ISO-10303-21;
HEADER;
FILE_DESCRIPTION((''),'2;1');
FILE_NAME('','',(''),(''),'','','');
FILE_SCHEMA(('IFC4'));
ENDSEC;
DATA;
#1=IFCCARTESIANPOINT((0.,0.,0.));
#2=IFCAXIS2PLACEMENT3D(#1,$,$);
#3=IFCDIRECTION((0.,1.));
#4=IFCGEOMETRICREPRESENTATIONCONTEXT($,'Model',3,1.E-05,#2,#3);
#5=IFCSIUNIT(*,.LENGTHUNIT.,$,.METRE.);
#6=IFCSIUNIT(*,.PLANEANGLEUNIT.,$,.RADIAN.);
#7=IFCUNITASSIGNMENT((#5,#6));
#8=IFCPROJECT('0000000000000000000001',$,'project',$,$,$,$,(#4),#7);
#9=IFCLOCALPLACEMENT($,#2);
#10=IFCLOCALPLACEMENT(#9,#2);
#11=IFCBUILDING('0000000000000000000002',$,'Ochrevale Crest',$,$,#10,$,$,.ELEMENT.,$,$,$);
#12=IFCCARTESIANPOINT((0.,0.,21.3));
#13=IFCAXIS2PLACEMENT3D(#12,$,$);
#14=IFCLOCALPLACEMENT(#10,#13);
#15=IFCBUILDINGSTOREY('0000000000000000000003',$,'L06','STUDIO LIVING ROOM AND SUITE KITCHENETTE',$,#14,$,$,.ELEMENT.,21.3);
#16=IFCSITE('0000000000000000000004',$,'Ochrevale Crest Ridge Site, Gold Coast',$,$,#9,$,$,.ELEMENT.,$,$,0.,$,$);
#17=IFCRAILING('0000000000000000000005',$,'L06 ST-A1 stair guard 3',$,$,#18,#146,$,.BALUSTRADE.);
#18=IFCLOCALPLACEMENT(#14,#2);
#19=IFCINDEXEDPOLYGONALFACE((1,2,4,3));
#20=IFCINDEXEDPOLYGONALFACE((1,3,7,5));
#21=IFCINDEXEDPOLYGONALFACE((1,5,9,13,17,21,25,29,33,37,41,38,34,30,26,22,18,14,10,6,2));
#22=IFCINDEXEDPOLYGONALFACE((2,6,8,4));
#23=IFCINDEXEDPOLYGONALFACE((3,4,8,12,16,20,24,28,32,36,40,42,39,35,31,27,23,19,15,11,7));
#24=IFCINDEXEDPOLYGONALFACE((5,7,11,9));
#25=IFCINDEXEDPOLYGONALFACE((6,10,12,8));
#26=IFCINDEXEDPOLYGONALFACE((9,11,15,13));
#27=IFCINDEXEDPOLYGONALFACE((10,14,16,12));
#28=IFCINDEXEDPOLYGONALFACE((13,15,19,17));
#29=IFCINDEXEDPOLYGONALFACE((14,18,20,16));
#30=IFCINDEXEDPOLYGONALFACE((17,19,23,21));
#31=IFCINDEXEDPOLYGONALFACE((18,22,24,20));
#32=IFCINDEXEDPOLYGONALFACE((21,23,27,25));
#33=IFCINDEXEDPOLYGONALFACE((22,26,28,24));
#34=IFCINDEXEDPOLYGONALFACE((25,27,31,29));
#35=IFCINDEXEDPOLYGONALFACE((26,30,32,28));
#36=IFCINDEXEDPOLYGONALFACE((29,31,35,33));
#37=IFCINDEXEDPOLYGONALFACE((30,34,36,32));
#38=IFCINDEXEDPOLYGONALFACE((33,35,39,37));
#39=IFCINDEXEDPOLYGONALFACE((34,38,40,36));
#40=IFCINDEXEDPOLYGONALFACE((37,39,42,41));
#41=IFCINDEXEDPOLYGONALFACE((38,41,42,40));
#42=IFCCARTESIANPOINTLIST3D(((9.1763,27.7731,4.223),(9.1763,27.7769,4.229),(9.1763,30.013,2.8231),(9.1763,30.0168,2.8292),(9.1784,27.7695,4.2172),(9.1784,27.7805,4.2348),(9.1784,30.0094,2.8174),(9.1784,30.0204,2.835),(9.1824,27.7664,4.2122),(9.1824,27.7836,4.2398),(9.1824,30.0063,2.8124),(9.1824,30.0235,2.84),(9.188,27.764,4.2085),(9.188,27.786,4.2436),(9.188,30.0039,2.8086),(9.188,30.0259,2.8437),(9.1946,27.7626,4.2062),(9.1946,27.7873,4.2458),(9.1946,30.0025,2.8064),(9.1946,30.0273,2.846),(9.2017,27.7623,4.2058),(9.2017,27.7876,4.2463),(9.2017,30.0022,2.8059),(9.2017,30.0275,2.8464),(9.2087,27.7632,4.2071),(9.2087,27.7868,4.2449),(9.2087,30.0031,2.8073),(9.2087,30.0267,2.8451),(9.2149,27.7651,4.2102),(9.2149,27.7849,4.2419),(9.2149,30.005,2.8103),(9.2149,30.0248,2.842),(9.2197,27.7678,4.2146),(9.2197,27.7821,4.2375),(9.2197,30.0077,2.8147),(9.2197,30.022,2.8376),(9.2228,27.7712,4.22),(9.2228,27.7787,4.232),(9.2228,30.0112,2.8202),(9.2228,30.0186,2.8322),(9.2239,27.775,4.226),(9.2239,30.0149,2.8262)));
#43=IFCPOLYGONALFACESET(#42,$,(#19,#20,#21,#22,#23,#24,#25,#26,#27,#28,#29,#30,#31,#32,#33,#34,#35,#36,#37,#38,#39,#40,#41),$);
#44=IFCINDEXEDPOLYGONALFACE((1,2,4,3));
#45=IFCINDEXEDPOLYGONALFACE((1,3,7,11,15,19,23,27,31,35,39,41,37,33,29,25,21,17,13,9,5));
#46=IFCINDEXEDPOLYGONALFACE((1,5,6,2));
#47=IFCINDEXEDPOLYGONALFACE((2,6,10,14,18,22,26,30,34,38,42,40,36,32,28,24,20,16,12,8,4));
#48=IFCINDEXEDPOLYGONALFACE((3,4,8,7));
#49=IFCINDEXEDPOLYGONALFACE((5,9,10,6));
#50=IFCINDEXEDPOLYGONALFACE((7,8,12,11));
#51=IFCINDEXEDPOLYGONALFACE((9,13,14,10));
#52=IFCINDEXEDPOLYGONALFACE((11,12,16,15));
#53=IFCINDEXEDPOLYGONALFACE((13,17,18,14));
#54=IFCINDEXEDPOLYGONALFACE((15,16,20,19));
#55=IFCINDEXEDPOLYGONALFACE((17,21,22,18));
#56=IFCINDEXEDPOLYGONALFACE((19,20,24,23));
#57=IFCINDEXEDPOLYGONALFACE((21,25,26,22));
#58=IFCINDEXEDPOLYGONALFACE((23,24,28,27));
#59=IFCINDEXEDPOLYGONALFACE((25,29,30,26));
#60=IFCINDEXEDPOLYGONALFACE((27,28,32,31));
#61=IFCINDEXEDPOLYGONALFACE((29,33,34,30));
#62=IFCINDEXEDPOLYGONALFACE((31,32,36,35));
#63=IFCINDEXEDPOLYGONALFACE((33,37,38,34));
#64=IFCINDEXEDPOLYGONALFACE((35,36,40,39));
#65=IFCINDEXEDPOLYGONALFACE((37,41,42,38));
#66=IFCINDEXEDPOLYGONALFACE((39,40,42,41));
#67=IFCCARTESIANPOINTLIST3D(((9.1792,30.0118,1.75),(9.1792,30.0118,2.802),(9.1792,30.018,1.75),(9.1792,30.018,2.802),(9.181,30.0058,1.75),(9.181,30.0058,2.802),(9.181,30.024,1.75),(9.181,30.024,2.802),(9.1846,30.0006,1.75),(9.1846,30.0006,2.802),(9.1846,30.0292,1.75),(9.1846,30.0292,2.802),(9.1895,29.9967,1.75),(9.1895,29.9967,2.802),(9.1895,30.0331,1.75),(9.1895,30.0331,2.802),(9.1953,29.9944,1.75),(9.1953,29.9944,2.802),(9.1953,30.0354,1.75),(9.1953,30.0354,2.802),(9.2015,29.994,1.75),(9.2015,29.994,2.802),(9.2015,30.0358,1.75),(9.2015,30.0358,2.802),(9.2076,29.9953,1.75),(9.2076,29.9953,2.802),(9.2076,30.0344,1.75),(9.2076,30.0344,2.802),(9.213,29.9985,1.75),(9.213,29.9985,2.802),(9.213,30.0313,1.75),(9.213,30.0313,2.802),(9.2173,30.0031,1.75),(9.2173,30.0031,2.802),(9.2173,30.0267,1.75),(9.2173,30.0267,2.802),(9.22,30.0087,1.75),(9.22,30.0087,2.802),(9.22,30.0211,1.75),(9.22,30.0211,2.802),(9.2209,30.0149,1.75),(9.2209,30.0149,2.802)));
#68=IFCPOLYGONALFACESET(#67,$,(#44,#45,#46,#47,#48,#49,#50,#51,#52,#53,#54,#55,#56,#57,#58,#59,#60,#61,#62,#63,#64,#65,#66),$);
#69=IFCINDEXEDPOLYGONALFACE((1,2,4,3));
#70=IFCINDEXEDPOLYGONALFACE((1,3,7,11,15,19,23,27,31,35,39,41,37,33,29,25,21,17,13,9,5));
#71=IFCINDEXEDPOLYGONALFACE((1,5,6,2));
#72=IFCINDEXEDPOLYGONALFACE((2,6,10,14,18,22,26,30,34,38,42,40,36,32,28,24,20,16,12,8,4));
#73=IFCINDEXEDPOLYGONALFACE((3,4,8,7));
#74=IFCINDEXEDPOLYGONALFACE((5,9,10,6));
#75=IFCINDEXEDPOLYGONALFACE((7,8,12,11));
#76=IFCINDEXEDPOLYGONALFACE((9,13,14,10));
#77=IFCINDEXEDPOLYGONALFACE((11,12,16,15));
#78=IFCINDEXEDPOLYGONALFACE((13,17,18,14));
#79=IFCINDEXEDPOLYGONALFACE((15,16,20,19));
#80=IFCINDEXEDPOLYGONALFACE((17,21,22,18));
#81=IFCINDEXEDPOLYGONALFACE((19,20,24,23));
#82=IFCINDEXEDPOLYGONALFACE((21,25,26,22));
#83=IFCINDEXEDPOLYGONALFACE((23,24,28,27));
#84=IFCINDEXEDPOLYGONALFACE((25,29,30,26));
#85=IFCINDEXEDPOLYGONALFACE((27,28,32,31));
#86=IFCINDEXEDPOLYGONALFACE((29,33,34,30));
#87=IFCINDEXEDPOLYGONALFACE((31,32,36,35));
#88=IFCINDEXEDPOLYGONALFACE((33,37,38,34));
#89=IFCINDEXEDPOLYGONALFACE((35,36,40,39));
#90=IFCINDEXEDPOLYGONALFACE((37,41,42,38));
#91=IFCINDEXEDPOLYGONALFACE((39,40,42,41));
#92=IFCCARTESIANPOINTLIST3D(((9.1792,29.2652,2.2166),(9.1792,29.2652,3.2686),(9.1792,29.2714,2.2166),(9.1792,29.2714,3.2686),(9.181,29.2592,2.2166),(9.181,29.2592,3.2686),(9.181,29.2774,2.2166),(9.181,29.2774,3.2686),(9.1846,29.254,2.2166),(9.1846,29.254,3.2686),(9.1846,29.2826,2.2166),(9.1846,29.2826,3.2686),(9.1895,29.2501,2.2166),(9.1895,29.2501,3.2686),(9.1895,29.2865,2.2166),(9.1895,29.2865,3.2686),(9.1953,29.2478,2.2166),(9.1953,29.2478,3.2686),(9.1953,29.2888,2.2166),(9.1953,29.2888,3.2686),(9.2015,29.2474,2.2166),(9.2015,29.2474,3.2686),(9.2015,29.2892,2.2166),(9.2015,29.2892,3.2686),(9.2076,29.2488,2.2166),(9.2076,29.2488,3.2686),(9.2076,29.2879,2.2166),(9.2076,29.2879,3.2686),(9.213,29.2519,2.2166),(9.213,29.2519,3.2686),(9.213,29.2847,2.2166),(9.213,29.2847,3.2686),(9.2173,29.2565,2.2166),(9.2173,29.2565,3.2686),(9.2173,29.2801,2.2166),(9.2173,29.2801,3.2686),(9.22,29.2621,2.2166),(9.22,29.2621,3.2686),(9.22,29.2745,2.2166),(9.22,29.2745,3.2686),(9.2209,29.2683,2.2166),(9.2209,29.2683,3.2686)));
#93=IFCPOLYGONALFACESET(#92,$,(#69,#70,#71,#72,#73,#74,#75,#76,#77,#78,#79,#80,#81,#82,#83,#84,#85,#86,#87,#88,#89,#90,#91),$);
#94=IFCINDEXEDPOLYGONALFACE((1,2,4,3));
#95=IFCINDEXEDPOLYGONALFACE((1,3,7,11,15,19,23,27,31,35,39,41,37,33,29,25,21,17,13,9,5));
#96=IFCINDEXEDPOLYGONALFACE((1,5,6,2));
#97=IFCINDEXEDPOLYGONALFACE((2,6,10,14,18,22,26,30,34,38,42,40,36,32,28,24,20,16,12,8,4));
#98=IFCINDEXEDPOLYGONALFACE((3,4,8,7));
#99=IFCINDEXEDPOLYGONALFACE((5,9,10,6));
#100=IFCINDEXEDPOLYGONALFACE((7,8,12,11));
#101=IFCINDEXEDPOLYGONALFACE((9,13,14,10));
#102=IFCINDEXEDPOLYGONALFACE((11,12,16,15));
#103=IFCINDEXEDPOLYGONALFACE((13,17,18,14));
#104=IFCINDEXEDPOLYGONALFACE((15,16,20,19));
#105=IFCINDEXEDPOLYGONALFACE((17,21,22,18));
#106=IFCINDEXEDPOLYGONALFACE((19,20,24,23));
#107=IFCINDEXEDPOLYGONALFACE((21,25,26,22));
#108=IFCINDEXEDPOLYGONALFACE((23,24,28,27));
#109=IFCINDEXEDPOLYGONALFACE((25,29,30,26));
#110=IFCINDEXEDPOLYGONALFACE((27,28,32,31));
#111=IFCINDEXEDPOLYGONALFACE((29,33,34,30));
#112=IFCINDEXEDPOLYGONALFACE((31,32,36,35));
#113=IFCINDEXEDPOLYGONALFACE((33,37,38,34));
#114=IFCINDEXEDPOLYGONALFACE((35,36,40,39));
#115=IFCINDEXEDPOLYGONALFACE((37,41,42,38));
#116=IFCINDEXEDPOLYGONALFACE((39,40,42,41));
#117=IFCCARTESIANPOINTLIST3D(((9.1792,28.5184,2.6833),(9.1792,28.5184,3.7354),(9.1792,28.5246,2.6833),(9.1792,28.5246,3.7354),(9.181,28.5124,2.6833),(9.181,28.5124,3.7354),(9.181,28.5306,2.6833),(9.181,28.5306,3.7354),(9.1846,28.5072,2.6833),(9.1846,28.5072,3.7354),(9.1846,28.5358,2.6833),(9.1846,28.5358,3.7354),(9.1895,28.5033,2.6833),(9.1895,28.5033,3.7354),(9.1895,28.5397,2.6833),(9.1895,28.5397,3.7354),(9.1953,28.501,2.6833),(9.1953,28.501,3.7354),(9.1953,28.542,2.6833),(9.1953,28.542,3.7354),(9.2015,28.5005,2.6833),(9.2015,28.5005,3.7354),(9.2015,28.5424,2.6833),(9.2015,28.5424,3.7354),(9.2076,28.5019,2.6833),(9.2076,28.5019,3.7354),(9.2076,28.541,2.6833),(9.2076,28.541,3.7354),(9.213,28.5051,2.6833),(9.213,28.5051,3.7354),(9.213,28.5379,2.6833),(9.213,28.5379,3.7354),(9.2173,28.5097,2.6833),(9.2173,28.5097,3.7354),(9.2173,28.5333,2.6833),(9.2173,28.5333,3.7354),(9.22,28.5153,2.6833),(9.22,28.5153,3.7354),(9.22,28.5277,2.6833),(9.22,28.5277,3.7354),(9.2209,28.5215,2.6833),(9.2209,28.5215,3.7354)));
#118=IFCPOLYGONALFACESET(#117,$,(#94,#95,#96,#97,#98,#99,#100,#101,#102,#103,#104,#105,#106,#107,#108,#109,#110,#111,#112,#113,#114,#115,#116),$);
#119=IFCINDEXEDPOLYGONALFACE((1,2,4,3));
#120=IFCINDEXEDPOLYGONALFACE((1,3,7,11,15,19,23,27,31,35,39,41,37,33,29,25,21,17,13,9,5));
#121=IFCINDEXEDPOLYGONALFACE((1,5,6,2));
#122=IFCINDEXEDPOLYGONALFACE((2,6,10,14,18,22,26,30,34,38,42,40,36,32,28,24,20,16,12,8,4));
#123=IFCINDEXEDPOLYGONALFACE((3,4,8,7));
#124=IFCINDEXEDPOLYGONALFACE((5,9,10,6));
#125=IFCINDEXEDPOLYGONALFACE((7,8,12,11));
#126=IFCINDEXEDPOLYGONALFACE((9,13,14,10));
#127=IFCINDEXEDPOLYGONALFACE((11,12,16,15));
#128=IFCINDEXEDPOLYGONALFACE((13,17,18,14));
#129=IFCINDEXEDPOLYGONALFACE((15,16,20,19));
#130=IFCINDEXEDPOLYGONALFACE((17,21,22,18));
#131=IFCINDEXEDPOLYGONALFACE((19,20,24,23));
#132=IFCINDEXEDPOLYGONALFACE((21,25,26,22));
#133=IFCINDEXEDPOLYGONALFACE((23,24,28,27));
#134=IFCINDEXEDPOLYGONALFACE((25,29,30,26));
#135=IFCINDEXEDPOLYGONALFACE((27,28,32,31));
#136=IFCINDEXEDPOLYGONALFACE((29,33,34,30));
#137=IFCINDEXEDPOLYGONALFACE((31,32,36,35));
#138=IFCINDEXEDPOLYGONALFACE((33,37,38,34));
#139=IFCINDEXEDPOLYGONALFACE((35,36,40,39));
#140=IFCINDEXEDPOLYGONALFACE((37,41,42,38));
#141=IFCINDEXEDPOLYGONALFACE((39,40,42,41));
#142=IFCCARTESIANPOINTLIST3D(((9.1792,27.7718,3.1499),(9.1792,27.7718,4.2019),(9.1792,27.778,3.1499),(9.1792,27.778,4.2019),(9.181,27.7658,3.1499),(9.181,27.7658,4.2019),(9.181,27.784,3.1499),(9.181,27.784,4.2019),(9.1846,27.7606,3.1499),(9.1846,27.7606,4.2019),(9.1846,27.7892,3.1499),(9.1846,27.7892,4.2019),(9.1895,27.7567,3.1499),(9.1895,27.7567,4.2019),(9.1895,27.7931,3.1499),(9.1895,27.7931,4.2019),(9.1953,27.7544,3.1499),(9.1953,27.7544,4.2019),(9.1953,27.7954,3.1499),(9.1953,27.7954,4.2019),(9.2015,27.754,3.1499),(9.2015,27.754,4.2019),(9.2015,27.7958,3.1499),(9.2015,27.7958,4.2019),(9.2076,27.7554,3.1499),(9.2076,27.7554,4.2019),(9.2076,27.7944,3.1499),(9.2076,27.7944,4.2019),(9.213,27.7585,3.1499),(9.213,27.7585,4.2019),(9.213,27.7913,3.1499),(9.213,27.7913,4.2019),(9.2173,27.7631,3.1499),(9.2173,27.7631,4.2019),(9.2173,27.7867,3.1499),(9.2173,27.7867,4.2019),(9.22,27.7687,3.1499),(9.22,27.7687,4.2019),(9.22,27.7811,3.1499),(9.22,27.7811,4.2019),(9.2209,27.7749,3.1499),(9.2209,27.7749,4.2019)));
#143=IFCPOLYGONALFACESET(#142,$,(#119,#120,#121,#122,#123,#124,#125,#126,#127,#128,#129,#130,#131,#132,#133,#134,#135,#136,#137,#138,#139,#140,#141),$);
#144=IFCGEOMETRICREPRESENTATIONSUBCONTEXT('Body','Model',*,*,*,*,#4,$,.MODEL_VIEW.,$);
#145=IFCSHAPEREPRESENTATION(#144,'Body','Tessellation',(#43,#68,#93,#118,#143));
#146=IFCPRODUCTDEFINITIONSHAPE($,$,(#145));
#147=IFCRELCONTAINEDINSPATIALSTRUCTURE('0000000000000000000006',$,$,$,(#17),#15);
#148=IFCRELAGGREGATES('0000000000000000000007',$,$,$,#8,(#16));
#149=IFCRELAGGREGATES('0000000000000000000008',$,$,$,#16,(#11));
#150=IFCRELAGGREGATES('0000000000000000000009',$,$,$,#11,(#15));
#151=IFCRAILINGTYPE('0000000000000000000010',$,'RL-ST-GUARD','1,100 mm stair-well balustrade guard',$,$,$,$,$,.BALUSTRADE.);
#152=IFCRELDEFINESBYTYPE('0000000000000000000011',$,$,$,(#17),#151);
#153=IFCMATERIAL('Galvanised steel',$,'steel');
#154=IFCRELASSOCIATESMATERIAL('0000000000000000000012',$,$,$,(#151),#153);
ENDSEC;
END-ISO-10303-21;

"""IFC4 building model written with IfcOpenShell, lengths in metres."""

from ifc_helpers import new_model, si_unit, direction, frame, origin, origin_2d, place, context, subcontext, project, spatial, circle, extrude, material, type_object, element, save


model = new_model("IFC4")

# Units and contexts
model_context = context("Model", 3, precision=1e-05, world=origin(), true_north=direction((0.0, 1.0)))
body_context = subcontext(model_context, "Body", "Model", "MODEL_VIEW")
ifc_project = project(units=[si_unit("LENGTHUNIT", "METRE"), si_unit("PLANEANGLEUNIT", "RADIAN")], contexts=[model_context])

# Site, building, storey
site_placement = place(None, origin())
site = spatial("IfcSite", under=ifc_project, at=site_placement, Name="Ochrevale Crest Ridge Site, Gold Coast", CompositionType="ELEMENT", RefElevation=0.0)
building_placement = place(site_placement, origin())
building = spatial("IfcBuilding", under=site, at=building_placement, Name="Ochrevale Crest", CompositionType="ELEMENT")
storey_placement = place(building_placement, frame((0.0, 0.0, 21.3)))
storey = spatial("IfcBuildingStorey", under=building, at=storey_placement, Name="L06", Description="STUDIO LIVING ROOM AND SUITE KITCHENETTE", CompositionType="ELEMENT", Elevation=21.3)

# Railing
ifc_material_1 = material(Name="Galvanised steel", Category="steel")
railing_type_1 = type_object("IfcRailingType", Name="RL-ST-GUARD", Description="1,100 mm stair-well balustrade guard", PredefinedType="BALUSTRADE", material=ifc_material_1)
railing_1_placement = place(storey_placement, frame((9.2, 30.0149, 1.75)))
element("IfcRailing", 1, at=railing_1_placement, inside=storey, type_object=railing_type_1, Name="L06 ST-A1 stair guard 3", PredefinedType="BALUSTRADE", context=body_context, shape_type="SweptSolid", body=[
    extrude(circle(Radius=0.0239, at=origin_2d()), frame((0.0, 0.0, 1.0762), z_axis=(0.0, -0.848014, 0.529974), x_axis=(1.0, 0.0, 0.0)), (0.0, 0.0, 1.0), 2.6414),
    extrude(circle(Radius=0.021, at=origin_2d()), origin(), (0.0, 0.0, 1.0), 1.052),
    extrude(circle(Radius=0.021, at=origin_2d()), frame((0.0, -0.7466, 0.4666)), (0.0, 0.0, 1.0), 1.052),
    extrude(circle(Radius=0.021, at=origin_2d()), frame((0.0, -1.4934, 0.9333)), (0.0, 0.0, 1.0), 1.052),
    extrude(circle(Radius=0.021, at=origin_2d()), frame((0.0, -2.24, 1.3999)), (0.0, 0.0, 1.0), 1.052),
])

save(model, "model.ifc")
